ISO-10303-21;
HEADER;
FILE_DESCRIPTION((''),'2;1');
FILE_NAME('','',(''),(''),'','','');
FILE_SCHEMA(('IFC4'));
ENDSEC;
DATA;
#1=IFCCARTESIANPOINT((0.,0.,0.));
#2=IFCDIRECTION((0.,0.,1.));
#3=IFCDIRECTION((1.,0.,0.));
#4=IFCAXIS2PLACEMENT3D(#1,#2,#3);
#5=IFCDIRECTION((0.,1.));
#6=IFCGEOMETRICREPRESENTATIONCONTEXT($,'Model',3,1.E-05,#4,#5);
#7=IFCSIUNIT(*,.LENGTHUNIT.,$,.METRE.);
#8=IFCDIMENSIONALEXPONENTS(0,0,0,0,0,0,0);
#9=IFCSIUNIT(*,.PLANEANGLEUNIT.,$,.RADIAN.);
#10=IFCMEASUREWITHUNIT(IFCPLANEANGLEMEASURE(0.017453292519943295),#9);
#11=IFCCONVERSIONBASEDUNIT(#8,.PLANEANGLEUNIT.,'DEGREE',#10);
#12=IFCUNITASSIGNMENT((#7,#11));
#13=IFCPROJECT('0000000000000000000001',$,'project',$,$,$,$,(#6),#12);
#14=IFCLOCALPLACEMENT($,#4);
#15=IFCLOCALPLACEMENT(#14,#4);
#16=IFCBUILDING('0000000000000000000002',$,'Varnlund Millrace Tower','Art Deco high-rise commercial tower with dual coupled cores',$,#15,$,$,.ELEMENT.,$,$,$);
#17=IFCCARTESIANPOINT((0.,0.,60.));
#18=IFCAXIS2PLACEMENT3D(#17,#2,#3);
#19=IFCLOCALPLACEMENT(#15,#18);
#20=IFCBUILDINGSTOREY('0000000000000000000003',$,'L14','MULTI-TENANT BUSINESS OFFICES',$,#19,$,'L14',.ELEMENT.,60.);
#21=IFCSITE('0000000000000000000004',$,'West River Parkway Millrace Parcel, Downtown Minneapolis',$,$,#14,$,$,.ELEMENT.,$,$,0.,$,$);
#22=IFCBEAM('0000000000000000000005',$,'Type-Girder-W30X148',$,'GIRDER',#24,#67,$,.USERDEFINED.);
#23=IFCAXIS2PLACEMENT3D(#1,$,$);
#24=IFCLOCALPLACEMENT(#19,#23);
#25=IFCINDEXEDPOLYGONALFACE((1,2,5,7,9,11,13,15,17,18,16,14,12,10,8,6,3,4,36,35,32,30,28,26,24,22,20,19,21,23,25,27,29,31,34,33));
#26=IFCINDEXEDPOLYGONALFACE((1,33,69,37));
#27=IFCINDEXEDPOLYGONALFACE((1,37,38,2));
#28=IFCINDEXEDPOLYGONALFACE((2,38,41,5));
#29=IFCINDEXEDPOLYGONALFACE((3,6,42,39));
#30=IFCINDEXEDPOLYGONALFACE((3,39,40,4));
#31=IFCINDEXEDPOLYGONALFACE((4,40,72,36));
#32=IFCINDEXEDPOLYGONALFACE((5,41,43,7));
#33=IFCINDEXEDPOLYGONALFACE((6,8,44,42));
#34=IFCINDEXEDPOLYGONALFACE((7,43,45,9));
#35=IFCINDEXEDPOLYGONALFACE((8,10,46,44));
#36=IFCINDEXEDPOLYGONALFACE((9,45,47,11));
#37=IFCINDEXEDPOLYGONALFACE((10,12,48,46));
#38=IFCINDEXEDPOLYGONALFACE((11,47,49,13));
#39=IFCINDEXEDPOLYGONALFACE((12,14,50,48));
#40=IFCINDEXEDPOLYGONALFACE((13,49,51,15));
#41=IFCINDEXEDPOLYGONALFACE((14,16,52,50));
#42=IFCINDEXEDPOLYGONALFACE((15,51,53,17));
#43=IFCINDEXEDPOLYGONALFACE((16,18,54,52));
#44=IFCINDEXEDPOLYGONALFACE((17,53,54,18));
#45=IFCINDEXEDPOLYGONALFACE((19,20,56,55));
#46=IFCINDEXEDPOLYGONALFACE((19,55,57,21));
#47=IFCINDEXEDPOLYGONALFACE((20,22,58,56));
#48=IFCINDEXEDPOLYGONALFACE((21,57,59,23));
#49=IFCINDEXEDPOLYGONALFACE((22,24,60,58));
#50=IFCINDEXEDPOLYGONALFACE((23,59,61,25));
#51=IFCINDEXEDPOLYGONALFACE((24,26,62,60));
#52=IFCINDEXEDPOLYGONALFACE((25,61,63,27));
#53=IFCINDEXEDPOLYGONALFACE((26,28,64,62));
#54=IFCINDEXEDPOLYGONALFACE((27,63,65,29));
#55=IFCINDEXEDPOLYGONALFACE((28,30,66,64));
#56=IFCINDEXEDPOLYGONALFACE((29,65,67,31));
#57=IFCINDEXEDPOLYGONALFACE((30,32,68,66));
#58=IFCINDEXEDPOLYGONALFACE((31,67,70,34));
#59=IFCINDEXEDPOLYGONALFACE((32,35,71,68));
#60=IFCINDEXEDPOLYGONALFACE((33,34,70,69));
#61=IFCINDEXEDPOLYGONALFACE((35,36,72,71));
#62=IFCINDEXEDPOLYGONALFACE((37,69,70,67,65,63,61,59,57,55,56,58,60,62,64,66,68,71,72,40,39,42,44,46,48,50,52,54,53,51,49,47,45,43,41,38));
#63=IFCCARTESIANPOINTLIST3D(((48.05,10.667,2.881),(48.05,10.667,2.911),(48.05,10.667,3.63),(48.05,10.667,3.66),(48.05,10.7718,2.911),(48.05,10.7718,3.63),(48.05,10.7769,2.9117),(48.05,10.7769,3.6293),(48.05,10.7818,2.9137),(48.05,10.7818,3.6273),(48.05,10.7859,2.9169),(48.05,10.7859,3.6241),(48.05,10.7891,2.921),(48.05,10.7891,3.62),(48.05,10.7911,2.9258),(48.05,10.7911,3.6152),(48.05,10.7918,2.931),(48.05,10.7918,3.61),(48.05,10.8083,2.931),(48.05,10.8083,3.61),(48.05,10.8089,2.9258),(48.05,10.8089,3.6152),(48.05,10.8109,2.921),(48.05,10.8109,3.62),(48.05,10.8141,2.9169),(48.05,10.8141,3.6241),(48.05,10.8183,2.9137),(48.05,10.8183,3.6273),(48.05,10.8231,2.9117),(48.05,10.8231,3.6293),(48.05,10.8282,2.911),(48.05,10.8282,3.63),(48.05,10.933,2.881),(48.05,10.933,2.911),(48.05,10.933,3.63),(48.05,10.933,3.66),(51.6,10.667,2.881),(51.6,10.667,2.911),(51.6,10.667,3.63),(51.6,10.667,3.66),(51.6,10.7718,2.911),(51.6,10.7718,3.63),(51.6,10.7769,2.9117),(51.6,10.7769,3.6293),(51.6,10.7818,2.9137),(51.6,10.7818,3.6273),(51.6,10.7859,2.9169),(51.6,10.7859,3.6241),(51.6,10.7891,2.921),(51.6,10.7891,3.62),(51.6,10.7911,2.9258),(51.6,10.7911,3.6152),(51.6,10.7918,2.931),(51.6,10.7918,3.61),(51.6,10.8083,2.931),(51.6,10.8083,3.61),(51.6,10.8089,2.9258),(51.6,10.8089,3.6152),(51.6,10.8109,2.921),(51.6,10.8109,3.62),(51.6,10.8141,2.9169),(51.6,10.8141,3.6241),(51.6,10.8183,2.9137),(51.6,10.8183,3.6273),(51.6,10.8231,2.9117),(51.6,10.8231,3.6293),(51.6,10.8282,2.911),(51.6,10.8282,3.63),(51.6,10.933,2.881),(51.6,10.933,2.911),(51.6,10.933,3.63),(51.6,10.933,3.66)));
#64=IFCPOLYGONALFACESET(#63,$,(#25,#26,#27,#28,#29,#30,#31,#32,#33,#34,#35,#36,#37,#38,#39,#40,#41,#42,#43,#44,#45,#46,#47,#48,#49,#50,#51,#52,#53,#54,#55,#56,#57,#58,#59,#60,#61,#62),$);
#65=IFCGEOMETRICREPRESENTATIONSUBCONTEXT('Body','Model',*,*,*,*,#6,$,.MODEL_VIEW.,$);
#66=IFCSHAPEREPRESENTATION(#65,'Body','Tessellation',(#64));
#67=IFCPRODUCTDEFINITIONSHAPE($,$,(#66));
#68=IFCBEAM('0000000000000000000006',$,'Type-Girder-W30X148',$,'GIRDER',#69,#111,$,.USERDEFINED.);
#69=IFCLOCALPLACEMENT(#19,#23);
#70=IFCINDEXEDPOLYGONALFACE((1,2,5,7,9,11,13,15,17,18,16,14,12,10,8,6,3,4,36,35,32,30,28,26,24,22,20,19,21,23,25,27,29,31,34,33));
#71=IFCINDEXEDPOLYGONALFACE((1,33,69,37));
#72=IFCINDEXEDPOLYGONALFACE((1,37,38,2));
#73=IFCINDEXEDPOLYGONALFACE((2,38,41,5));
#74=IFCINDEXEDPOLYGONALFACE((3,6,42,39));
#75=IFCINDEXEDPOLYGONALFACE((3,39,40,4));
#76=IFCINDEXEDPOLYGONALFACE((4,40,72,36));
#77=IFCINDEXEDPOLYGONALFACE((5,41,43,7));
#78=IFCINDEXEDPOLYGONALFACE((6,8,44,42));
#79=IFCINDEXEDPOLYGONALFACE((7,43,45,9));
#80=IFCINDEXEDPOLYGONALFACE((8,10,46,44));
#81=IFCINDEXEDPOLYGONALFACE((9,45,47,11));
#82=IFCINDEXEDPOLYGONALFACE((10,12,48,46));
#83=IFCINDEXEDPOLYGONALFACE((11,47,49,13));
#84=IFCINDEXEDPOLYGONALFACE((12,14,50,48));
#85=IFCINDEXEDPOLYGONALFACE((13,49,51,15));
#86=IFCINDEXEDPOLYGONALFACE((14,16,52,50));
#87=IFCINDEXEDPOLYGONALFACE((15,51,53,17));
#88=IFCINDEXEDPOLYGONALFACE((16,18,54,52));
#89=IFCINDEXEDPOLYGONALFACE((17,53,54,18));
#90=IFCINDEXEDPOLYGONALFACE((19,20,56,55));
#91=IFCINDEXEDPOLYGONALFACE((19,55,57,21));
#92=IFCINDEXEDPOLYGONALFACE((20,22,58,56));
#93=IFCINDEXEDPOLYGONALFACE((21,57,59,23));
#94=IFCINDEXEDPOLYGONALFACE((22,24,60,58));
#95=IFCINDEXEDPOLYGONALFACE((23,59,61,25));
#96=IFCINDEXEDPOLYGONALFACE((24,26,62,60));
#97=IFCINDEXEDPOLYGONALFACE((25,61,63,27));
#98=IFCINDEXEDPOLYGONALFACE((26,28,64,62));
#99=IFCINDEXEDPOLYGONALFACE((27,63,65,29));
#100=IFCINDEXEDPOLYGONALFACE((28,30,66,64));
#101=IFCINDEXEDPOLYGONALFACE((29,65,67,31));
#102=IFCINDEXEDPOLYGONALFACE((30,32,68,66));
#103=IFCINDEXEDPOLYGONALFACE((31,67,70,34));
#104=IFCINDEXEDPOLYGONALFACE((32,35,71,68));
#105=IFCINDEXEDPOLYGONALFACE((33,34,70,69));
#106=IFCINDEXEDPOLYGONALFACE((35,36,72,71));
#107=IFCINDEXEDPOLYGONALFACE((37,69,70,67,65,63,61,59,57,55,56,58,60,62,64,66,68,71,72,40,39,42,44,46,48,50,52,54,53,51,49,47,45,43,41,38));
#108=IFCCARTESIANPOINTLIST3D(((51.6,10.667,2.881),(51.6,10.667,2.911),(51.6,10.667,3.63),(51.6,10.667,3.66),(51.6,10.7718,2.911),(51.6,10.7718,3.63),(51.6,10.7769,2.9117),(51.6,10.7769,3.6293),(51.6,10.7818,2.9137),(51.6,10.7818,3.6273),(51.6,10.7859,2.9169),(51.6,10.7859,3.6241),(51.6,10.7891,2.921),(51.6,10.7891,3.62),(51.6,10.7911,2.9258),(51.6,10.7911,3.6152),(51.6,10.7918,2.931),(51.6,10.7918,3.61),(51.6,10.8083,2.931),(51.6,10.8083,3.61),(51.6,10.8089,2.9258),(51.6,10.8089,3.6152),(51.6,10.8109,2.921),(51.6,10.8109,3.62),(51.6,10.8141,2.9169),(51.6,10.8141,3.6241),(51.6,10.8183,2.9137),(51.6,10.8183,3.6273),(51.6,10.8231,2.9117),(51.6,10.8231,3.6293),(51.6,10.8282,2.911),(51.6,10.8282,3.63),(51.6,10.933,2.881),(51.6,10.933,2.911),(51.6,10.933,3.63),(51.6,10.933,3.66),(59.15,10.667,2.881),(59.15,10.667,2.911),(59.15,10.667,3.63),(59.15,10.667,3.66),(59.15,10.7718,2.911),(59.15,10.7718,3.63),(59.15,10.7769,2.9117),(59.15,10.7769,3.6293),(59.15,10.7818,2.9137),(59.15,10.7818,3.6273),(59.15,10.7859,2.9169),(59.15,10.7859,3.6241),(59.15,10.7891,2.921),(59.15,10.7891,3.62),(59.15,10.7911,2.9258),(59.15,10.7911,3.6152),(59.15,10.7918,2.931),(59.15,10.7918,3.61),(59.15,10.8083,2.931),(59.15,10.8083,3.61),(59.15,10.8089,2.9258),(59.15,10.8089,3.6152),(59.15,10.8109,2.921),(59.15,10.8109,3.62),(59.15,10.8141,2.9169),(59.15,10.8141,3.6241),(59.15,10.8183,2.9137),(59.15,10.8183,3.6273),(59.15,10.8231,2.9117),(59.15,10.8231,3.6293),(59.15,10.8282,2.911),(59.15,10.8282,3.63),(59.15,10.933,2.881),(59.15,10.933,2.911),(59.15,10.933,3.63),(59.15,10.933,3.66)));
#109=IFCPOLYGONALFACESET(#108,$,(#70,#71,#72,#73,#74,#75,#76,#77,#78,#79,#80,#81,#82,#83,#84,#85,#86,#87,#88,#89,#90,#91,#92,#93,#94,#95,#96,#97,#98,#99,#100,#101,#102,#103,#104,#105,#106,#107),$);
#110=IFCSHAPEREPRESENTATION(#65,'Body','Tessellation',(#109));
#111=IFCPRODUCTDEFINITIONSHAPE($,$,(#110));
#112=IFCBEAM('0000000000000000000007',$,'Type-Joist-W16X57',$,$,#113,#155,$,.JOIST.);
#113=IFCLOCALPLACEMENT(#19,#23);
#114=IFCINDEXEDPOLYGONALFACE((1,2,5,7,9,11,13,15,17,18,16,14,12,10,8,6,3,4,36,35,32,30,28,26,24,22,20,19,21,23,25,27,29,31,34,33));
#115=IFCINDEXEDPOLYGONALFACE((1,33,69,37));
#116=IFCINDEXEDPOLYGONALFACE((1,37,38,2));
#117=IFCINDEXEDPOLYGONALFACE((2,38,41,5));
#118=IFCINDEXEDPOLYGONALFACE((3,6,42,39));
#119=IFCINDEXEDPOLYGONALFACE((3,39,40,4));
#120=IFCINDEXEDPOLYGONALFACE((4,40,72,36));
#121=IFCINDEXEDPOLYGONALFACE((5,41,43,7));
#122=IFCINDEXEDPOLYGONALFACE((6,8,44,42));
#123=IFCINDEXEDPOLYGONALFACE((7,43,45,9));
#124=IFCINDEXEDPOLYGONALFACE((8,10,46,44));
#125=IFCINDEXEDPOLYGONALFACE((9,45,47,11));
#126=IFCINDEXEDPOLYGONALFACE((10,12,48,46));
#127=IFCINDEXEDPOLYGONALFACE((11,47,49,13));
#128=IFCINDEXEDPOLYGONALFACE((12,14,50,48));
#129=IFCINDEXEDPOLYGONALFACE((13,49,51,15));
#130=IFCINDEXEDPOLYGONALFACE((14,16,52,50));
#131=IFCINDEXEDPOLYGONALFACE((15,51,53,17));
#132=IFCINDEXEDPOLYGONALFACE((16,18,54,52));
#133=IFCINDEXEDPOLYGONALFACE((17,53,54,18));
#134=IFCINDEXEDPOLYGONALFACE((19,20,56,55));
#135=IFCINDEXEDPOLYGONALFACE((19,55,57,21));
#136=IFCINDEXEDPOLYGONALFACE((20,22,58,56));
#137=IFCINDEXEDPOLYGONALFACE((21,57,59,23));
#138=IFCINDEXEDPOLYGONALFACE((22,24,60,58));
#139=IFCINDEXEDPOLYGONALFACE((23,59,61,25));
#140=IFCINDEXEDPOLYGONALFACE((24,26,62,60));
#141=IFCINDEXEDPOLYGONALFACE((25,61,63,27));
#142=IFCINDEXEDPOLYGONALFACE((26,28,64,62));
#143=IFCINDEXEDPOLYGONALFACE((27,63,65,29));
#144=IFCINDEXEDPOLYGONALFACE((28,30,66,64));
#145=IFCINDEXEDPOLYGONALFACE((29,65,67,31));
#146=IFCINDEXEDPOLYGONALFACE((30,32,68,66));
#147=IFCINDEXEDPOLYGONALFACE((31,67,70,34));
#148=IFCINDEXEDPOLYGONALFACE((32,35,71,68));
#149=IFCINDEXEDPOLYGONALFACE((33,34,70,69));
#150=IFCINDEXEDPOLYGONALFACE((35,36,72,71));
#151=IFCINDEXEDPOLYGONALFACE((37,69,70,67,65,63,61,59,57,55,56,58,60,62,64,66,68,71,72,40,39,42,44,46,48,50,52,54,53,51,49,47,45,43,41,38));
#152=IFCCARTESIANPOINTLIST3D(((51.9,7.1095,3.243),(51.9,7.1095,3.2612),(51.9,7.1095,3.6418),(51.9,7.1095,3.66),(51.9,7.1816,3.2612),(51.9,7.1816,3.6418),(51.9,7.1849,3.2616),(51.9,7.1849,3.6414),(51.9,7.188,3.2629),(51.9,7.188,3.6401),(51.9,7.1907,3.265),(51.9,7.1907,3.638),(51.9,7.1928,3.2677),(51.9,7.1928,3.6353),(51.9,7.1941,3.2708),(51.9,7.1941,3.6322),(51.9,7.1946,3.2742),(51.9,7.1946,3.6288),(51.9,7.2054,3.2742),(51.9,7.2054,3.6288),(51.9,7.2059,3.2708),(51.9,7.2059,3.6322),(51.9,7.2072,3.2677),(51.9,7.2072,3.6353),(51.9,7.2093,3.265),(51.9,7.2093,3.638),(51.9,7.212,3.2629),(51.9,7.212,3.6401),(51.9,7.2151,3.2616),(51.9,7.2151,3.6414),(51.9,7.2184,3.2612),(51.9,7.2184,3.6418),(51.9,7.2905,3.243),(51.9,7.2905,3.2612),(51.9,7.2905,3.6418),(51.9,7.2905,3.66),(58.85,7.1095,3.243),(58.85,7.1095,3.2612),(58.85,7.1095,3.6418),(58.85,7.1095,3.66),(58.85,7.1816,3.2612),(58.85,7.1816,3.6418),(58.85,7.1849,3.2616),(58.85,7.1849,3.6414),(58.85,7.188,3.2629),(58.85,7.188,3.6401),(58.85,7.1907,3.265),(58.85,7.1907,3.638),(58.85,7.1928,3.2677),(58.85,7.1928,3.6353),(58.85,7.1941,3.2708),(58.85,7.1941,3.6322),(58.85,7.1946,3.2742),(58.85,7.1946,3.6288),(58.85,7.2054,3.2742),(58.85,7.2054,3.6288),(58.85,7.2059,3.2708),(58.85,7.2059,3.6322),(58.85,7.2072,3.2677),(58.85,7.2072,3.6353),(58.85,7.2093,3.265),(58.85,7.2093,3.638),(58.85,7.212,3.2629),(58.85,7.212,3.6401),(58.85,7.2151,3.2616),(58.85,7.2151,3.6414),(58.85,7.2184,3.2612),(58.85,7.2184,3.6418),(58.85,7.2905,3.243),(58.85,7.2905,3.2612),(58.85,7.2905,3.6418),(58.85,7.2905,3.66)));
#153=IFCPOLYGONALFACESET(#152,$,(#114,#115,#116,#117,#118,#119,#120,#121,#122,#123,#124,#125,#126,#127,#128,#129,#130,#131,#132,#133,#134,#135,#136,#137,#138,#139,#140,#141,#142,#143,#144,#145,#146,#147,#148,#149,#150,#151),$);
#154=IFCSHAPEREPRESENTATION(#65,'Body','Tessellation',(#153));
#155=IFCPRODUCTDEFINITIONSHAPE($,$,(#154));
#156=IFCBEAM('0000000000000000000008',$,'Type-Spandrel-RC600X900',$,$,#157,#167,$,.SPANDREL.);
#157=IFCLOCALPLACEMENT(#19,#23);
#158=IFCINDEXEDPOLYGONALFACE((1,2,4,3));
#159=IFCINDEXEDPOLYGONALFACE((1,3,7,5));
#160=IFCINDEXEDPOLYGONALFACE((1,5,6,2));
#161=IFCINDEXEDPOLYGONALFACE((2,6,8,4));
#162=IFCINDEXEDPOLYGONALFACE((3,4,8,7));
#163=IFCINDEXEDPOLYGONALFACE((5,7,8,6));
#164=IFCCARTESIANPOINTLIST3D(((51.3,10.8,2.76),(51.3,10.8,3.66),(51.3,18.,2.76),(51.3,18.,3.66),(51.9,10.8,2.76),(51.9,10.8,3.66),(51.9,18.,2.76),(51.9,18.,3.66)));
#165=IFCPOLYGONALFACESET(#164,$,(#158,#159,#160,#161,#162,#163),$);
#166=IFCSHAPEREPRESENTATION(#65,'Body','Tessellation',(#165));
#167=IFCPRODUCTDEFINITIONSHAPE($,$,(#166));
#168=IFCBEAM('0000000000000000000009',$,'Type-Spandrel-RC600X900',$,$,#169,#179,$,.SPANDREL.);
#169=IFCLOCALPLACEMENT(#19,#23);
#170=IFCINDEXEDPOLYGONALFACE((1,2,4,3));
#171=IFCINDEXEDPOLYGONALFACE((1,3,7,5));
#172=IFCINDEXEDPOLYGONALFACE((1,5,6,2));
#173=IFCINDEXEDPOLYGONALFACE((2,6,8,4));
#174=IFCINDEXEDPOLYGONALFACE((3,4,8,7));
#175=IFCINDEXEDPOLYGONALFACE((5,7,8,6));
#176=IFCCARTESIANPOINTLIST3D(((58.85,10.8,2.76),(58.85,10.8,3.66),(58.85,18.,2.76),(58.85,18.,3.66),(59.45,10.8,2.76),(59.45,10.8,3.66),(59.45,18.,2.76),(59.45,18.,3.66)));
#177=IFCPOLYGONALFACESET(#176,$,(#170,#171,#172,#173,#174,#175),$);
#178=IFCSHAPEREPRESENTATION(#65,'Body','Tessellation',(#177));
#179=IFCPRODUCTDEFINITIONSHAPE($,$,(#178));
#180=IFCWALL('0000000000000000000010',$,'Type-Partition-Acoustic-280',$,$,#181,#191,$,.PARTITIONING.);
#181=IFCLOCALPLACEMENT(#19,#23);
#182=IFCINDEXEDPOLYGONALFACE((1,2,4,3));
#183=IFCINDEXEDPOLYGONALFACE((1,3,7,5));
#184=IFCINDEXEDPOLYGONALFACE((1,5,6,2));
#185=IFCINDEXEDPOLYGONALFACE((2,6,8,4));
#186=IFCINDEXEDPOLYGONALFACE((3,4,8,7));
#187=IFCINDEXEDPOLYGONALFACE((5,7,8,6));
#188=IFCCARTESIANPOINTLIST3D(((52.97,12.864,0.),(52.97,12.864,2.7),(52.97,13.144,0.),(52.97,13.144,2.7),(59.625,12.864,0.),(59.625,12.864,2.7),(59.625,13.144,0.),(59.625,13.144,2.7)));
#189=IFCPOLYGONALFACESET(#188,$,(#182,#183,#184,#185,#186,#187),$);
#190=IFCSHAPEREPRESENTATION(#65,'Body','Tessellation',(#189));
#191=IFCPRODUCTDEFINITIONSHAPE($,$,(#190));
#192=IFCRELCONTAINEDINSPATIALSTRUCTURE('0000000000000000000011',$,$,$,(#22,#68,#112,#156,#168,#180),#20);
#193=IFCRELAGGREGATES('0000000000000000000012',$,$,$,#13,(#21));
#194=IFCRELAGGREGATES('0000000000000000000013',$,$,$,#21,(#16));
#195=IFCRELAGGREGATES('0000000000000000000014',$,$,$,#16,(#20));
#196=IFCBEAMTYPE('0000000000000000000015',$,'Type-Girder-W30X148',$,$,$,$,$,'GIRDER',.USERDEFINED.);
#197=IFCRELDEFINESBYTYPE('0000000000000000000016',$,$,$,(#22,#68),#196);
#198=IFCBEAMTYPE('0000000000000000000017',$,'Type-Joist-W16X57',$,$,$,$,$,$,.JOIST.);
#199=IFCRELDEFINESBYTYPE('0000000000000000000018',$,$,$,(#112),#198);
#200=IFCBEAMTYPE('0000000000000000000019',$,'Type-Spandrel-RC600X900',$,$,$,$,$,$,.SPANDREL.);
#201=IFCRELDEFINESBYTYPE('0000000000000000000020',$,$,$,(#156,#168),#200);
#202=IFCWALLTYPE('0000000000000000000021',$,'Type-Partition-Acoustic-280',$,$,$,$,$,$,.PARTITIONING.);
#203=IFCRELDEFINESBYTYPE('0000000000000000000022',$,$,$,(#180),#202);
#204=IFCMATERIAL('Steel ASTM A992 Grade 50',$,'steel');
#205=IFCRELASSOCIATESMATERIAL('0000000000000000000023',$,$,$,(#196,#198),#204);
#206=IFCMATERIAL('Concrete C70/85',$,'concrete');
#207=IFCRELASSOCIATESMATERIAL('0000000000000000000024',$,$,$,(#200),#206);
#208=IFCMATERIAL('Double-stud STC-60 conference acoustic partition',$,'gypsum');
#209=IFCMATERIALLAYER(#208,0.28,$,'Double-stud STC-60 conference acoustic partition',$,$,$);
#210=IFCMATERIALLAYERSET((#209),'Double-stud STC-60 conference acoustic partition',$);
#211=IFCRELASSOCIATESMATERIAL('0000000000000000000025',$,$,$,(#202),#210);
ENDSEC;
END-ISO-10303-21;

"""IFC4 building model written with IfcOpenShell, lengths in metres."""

from ifc_helpers import new_model, entity, si_unit, converted_unit, direction, frame, origin_with_axes, origin_2d_with_axis, place, context, subcontext, project, spatial, polyline, rectangle, i_section, outline, extrude, material, layer, layer_set, material_profile, profile_set, type_object, element, save


model = new_model("IFC4")

# Units and contexts
model_context = context("Model", 3, precision=1e-05, world=origin_with_axes(), true_north=direction((0.0, 1.0)))
body_context = subcontext(model_context, "Body", "Model", "MODEL_VIEW")
ifc_project = project(units=[si_unit("LENGTHUNIT", "METRE"), converted_unit("PLANEANGLEUNIT", "DEGREE", entity("IfcPlaneAngleMeasure", 0.017453292519943295), si_unit("PLANEANGLEUNIT", "RADIAN"), dimensions=[0, 0, 0, 0, 0, 0, 0])], contexts=[model_context])

# Site, building, storey
site_placement = place(None, origin_with_axes())
site = spatial("IfcSite", under=ifc_project, at=site_placement, Name="West River Parkway Millrace Parcel, Downtown Minneapolis", CompositionType="ELEMENT", RefElevation=0.0)
building_placement = place(site_placement, origin_with_axes())
building = spatial("IfcBuilding", under=site, at=building_placement, Name="Varnlund Millrace Tower", Description="Art Deco high-rise commercial tower with dual coupled cores", CompositionType="ELEMENT")
storey_placement = place(building_placement, frame((0.0, 0.0, 60.0), z_axis=(0.0, 0.0, 1.0), x_axis=(1.0, 0.0, 0.0)))
storey = spatial("IfcBuildingStorey", under=building, at=storey_placement, Name="L14", Description="MULTI-TENANT BUSINESS OFFICES", LongName="L14", CompositionType="ELEMENT", Elevation=60.0)

# Beams
ifc_material_1 = material(Name="Steel ASTM A992 Grade 50", Category="steel")
ifc_material_profile_1 = material_profile(ifc_material_1, i_section(OverallWidth=0.266, OverallDepth=0.779, WebThickness=0.0165, FlangeThickness=0.03, FilletRadius=0.02, at=origin_2d_with_axis()), Name="Steel ASTM A992 Grade 50")
ifc_profile_set_1 = profile_set([ifc_material_profile_1], Name="Steel ASTM A992 Grade 50")
beam_type_1 = type_object("IfcBeamType", Name="Type-Girder-W30X148", ElementType="GIRDER", PredefinedType="USERDEFINED", material=ifc_profile_set_1)
beam_1_placement = place(storey_placement, frame((48.05, 10.8, 3.2705), z_axis=(1.0, 0.0, 0.0), x_axis=(0.0, 1.0, 0.0)))
element("IfcBeam", 1, at=beam_1_placement, inside=storey, type_object=beam_type_1, Name="Type-Girder-W30X148", ObjectType="GIRDER", PredefinedType="USERDEFINED", context=body_context, shape_type="SweptSolid", body=[
    extrude(i_section(OverallWidth=0.266, OverallDepth=0.779, WebThickness=0.0165, FlangeThickness=0.03, FilletRadius=0.02, at=origin_2d_with_axis()), origin_with_axes(), (0.0, 0.0, 1.0), 3.55),
])
beam_2_placement = place(storey_placement, frame((51.6, 10.8, 3.2705), z_axis=(1.0, 0.0, 0.0), x_axis=(0.0, 1.0, 0.0)))
element("IfcBeam", 2, at=beam_2_placement, inside=storey, type_object=beam_type_1, Name="Type-Girder-W30X148", ObjectType="GIRDER", PredefinedType="USERDEFINED", context=body_context, shape_type="SweptSolid", body=[
    extrude(i_section(OverallWidth=0.266, OverallDepth=0.779, WebThickness=0.0165, FlangeThickness=0.03, FilletRadius=0.02, at=origin_2d_with_axis()), origin_with_axes(), (0.0, 0.0, 1.0), 7.55),
])
ifc_material_profile_2 = material_profile(ifc_material_1, i_section(OverallWidth=0.181, OverallDepth=0.417, WebThickness=0.0109, FlangeThickness=0.0182, FilletRadius=0.013, at=origin_2d_with_axis()), Name="Steel ASTM A992 Grade 50")
ifc_profile_set_2 = profile_set([ifc_material_profile_2], Name="Steel ASTM A992 Grade 50")
beam_type_2 = type_object("IfcBeamType", Name="Type-Joist-W16X57", PredefinedType="JOIST", material=ifc_profile_set_2)
beam_3_placement = place(storey_placement, frame((51.9, 7.2, 3.4515), z_axis=(1.0, 0.0, 0.0), x_axis=(0.0, 1.0, 0.0)))
element("IfcBeam", 3, at=beam_3_placement, inside=storey, type_object=beam_type_2, Name="Type-Joist-W16X57", PredefinedType="JOIST", context=body_context, shape_type="SweptSolid", body=[
    extrude(i_section(OverallWidth=0.181, OverallDepth=0.417, WebThickness=0.0109, FlangeThickness=0.0182, FilletRadius=0.013, at=origin_2d_with_axis()), origin_with_axes(), (0.0, 0.0, 1.0), 6.95),
])
ifc_material_2 = material(Name="Concrete C70/85", Category="concrete")
ifc_material_profile_3 = material_profile(ifc_material_2, rectangle(XDim=0.6, YDim=0.9, at=origin_2d_with_axis()), Name="Concrete C70/85")
ifc_profile_set_3 = profile_set([ifc_material_profile_3], Name="Concrete C70/85")
beam_type_3 = type_object("IfcBeamType", Name="Type-Spandrel-RC600X900", PredefinedType="SPANDREL", material=ifc_profile_set_3)
for number, where, z_axis, x_axis, name in (
    (4, (51.6, 10.8, 3.21), (0.0, 1.0, 0.0), (-1.0, 0.0, 0.0), "Type-Spandrel-RC600X900"),
    (5, (59.15, 10.8, 3.21), (0.0, 1.0, 0.0), (-1.0, 0.0, 0.0), "Type-Spandrel-RC600X900"),
):
    element("IfcBeam", number, at=place(storey_placement, frame(where, z_axis=z_axis, x_axis=x_axis)), inside=storey, type_object=beam_type_3, Name=name, PredefinedType="SPANDREL", context=body_context, shape_type="SweptSolid", body=[
        extrude(rectangle(XDim=0.6, YDim=0.9, at=origin_2d_with_axis()), origin_with_axes(), (0.0, 0.0, 1.0), 7.2),
    ])

# Wall
ifc_material_3 = material(Name="Double-stud STC-60 conference acoustic partition", Category="gypsum")
ifc_layer_1 = layer(ifc_material_3, 0.28, Name="Double-stud STC-60 conference acoustic partition")
ifc_layer_set_1 = layer_set([ifc_layer_1], Name="Double-stud STC-60 conference acoustic partition")
wall_type_1 = type_object("IfcWallType", Name="Type-Partition-Acoustic-280", PredefinedType="PARTITIONING", material=ifc_layer_set_1)
wall_1_placement = place(storey_placement, frame((52.97, 13.004, 0.0), z_axis=(0.0, 0.0, 1.0), x_axis=(1.0, 0.0, 0.0)))
element("IfcWall", 6, at=wall_1_placement, inside=storey, type_object=wall_type_1, Name="Type-Partition-Acoustic-280", PredefinedType="PARTITIONING", context=body_context, shape_type="SweptSolid", body=[
    extrude(outline(polyline([(0.0, -0.14), (6.655, -0.14), (6.655, 0.14), (0.0, 0.14), (0.0, -0.14)])), origin_with_axes(), (0.0, 0.0, 1.0), 2.7),
])

save(model, "model.ifc")
